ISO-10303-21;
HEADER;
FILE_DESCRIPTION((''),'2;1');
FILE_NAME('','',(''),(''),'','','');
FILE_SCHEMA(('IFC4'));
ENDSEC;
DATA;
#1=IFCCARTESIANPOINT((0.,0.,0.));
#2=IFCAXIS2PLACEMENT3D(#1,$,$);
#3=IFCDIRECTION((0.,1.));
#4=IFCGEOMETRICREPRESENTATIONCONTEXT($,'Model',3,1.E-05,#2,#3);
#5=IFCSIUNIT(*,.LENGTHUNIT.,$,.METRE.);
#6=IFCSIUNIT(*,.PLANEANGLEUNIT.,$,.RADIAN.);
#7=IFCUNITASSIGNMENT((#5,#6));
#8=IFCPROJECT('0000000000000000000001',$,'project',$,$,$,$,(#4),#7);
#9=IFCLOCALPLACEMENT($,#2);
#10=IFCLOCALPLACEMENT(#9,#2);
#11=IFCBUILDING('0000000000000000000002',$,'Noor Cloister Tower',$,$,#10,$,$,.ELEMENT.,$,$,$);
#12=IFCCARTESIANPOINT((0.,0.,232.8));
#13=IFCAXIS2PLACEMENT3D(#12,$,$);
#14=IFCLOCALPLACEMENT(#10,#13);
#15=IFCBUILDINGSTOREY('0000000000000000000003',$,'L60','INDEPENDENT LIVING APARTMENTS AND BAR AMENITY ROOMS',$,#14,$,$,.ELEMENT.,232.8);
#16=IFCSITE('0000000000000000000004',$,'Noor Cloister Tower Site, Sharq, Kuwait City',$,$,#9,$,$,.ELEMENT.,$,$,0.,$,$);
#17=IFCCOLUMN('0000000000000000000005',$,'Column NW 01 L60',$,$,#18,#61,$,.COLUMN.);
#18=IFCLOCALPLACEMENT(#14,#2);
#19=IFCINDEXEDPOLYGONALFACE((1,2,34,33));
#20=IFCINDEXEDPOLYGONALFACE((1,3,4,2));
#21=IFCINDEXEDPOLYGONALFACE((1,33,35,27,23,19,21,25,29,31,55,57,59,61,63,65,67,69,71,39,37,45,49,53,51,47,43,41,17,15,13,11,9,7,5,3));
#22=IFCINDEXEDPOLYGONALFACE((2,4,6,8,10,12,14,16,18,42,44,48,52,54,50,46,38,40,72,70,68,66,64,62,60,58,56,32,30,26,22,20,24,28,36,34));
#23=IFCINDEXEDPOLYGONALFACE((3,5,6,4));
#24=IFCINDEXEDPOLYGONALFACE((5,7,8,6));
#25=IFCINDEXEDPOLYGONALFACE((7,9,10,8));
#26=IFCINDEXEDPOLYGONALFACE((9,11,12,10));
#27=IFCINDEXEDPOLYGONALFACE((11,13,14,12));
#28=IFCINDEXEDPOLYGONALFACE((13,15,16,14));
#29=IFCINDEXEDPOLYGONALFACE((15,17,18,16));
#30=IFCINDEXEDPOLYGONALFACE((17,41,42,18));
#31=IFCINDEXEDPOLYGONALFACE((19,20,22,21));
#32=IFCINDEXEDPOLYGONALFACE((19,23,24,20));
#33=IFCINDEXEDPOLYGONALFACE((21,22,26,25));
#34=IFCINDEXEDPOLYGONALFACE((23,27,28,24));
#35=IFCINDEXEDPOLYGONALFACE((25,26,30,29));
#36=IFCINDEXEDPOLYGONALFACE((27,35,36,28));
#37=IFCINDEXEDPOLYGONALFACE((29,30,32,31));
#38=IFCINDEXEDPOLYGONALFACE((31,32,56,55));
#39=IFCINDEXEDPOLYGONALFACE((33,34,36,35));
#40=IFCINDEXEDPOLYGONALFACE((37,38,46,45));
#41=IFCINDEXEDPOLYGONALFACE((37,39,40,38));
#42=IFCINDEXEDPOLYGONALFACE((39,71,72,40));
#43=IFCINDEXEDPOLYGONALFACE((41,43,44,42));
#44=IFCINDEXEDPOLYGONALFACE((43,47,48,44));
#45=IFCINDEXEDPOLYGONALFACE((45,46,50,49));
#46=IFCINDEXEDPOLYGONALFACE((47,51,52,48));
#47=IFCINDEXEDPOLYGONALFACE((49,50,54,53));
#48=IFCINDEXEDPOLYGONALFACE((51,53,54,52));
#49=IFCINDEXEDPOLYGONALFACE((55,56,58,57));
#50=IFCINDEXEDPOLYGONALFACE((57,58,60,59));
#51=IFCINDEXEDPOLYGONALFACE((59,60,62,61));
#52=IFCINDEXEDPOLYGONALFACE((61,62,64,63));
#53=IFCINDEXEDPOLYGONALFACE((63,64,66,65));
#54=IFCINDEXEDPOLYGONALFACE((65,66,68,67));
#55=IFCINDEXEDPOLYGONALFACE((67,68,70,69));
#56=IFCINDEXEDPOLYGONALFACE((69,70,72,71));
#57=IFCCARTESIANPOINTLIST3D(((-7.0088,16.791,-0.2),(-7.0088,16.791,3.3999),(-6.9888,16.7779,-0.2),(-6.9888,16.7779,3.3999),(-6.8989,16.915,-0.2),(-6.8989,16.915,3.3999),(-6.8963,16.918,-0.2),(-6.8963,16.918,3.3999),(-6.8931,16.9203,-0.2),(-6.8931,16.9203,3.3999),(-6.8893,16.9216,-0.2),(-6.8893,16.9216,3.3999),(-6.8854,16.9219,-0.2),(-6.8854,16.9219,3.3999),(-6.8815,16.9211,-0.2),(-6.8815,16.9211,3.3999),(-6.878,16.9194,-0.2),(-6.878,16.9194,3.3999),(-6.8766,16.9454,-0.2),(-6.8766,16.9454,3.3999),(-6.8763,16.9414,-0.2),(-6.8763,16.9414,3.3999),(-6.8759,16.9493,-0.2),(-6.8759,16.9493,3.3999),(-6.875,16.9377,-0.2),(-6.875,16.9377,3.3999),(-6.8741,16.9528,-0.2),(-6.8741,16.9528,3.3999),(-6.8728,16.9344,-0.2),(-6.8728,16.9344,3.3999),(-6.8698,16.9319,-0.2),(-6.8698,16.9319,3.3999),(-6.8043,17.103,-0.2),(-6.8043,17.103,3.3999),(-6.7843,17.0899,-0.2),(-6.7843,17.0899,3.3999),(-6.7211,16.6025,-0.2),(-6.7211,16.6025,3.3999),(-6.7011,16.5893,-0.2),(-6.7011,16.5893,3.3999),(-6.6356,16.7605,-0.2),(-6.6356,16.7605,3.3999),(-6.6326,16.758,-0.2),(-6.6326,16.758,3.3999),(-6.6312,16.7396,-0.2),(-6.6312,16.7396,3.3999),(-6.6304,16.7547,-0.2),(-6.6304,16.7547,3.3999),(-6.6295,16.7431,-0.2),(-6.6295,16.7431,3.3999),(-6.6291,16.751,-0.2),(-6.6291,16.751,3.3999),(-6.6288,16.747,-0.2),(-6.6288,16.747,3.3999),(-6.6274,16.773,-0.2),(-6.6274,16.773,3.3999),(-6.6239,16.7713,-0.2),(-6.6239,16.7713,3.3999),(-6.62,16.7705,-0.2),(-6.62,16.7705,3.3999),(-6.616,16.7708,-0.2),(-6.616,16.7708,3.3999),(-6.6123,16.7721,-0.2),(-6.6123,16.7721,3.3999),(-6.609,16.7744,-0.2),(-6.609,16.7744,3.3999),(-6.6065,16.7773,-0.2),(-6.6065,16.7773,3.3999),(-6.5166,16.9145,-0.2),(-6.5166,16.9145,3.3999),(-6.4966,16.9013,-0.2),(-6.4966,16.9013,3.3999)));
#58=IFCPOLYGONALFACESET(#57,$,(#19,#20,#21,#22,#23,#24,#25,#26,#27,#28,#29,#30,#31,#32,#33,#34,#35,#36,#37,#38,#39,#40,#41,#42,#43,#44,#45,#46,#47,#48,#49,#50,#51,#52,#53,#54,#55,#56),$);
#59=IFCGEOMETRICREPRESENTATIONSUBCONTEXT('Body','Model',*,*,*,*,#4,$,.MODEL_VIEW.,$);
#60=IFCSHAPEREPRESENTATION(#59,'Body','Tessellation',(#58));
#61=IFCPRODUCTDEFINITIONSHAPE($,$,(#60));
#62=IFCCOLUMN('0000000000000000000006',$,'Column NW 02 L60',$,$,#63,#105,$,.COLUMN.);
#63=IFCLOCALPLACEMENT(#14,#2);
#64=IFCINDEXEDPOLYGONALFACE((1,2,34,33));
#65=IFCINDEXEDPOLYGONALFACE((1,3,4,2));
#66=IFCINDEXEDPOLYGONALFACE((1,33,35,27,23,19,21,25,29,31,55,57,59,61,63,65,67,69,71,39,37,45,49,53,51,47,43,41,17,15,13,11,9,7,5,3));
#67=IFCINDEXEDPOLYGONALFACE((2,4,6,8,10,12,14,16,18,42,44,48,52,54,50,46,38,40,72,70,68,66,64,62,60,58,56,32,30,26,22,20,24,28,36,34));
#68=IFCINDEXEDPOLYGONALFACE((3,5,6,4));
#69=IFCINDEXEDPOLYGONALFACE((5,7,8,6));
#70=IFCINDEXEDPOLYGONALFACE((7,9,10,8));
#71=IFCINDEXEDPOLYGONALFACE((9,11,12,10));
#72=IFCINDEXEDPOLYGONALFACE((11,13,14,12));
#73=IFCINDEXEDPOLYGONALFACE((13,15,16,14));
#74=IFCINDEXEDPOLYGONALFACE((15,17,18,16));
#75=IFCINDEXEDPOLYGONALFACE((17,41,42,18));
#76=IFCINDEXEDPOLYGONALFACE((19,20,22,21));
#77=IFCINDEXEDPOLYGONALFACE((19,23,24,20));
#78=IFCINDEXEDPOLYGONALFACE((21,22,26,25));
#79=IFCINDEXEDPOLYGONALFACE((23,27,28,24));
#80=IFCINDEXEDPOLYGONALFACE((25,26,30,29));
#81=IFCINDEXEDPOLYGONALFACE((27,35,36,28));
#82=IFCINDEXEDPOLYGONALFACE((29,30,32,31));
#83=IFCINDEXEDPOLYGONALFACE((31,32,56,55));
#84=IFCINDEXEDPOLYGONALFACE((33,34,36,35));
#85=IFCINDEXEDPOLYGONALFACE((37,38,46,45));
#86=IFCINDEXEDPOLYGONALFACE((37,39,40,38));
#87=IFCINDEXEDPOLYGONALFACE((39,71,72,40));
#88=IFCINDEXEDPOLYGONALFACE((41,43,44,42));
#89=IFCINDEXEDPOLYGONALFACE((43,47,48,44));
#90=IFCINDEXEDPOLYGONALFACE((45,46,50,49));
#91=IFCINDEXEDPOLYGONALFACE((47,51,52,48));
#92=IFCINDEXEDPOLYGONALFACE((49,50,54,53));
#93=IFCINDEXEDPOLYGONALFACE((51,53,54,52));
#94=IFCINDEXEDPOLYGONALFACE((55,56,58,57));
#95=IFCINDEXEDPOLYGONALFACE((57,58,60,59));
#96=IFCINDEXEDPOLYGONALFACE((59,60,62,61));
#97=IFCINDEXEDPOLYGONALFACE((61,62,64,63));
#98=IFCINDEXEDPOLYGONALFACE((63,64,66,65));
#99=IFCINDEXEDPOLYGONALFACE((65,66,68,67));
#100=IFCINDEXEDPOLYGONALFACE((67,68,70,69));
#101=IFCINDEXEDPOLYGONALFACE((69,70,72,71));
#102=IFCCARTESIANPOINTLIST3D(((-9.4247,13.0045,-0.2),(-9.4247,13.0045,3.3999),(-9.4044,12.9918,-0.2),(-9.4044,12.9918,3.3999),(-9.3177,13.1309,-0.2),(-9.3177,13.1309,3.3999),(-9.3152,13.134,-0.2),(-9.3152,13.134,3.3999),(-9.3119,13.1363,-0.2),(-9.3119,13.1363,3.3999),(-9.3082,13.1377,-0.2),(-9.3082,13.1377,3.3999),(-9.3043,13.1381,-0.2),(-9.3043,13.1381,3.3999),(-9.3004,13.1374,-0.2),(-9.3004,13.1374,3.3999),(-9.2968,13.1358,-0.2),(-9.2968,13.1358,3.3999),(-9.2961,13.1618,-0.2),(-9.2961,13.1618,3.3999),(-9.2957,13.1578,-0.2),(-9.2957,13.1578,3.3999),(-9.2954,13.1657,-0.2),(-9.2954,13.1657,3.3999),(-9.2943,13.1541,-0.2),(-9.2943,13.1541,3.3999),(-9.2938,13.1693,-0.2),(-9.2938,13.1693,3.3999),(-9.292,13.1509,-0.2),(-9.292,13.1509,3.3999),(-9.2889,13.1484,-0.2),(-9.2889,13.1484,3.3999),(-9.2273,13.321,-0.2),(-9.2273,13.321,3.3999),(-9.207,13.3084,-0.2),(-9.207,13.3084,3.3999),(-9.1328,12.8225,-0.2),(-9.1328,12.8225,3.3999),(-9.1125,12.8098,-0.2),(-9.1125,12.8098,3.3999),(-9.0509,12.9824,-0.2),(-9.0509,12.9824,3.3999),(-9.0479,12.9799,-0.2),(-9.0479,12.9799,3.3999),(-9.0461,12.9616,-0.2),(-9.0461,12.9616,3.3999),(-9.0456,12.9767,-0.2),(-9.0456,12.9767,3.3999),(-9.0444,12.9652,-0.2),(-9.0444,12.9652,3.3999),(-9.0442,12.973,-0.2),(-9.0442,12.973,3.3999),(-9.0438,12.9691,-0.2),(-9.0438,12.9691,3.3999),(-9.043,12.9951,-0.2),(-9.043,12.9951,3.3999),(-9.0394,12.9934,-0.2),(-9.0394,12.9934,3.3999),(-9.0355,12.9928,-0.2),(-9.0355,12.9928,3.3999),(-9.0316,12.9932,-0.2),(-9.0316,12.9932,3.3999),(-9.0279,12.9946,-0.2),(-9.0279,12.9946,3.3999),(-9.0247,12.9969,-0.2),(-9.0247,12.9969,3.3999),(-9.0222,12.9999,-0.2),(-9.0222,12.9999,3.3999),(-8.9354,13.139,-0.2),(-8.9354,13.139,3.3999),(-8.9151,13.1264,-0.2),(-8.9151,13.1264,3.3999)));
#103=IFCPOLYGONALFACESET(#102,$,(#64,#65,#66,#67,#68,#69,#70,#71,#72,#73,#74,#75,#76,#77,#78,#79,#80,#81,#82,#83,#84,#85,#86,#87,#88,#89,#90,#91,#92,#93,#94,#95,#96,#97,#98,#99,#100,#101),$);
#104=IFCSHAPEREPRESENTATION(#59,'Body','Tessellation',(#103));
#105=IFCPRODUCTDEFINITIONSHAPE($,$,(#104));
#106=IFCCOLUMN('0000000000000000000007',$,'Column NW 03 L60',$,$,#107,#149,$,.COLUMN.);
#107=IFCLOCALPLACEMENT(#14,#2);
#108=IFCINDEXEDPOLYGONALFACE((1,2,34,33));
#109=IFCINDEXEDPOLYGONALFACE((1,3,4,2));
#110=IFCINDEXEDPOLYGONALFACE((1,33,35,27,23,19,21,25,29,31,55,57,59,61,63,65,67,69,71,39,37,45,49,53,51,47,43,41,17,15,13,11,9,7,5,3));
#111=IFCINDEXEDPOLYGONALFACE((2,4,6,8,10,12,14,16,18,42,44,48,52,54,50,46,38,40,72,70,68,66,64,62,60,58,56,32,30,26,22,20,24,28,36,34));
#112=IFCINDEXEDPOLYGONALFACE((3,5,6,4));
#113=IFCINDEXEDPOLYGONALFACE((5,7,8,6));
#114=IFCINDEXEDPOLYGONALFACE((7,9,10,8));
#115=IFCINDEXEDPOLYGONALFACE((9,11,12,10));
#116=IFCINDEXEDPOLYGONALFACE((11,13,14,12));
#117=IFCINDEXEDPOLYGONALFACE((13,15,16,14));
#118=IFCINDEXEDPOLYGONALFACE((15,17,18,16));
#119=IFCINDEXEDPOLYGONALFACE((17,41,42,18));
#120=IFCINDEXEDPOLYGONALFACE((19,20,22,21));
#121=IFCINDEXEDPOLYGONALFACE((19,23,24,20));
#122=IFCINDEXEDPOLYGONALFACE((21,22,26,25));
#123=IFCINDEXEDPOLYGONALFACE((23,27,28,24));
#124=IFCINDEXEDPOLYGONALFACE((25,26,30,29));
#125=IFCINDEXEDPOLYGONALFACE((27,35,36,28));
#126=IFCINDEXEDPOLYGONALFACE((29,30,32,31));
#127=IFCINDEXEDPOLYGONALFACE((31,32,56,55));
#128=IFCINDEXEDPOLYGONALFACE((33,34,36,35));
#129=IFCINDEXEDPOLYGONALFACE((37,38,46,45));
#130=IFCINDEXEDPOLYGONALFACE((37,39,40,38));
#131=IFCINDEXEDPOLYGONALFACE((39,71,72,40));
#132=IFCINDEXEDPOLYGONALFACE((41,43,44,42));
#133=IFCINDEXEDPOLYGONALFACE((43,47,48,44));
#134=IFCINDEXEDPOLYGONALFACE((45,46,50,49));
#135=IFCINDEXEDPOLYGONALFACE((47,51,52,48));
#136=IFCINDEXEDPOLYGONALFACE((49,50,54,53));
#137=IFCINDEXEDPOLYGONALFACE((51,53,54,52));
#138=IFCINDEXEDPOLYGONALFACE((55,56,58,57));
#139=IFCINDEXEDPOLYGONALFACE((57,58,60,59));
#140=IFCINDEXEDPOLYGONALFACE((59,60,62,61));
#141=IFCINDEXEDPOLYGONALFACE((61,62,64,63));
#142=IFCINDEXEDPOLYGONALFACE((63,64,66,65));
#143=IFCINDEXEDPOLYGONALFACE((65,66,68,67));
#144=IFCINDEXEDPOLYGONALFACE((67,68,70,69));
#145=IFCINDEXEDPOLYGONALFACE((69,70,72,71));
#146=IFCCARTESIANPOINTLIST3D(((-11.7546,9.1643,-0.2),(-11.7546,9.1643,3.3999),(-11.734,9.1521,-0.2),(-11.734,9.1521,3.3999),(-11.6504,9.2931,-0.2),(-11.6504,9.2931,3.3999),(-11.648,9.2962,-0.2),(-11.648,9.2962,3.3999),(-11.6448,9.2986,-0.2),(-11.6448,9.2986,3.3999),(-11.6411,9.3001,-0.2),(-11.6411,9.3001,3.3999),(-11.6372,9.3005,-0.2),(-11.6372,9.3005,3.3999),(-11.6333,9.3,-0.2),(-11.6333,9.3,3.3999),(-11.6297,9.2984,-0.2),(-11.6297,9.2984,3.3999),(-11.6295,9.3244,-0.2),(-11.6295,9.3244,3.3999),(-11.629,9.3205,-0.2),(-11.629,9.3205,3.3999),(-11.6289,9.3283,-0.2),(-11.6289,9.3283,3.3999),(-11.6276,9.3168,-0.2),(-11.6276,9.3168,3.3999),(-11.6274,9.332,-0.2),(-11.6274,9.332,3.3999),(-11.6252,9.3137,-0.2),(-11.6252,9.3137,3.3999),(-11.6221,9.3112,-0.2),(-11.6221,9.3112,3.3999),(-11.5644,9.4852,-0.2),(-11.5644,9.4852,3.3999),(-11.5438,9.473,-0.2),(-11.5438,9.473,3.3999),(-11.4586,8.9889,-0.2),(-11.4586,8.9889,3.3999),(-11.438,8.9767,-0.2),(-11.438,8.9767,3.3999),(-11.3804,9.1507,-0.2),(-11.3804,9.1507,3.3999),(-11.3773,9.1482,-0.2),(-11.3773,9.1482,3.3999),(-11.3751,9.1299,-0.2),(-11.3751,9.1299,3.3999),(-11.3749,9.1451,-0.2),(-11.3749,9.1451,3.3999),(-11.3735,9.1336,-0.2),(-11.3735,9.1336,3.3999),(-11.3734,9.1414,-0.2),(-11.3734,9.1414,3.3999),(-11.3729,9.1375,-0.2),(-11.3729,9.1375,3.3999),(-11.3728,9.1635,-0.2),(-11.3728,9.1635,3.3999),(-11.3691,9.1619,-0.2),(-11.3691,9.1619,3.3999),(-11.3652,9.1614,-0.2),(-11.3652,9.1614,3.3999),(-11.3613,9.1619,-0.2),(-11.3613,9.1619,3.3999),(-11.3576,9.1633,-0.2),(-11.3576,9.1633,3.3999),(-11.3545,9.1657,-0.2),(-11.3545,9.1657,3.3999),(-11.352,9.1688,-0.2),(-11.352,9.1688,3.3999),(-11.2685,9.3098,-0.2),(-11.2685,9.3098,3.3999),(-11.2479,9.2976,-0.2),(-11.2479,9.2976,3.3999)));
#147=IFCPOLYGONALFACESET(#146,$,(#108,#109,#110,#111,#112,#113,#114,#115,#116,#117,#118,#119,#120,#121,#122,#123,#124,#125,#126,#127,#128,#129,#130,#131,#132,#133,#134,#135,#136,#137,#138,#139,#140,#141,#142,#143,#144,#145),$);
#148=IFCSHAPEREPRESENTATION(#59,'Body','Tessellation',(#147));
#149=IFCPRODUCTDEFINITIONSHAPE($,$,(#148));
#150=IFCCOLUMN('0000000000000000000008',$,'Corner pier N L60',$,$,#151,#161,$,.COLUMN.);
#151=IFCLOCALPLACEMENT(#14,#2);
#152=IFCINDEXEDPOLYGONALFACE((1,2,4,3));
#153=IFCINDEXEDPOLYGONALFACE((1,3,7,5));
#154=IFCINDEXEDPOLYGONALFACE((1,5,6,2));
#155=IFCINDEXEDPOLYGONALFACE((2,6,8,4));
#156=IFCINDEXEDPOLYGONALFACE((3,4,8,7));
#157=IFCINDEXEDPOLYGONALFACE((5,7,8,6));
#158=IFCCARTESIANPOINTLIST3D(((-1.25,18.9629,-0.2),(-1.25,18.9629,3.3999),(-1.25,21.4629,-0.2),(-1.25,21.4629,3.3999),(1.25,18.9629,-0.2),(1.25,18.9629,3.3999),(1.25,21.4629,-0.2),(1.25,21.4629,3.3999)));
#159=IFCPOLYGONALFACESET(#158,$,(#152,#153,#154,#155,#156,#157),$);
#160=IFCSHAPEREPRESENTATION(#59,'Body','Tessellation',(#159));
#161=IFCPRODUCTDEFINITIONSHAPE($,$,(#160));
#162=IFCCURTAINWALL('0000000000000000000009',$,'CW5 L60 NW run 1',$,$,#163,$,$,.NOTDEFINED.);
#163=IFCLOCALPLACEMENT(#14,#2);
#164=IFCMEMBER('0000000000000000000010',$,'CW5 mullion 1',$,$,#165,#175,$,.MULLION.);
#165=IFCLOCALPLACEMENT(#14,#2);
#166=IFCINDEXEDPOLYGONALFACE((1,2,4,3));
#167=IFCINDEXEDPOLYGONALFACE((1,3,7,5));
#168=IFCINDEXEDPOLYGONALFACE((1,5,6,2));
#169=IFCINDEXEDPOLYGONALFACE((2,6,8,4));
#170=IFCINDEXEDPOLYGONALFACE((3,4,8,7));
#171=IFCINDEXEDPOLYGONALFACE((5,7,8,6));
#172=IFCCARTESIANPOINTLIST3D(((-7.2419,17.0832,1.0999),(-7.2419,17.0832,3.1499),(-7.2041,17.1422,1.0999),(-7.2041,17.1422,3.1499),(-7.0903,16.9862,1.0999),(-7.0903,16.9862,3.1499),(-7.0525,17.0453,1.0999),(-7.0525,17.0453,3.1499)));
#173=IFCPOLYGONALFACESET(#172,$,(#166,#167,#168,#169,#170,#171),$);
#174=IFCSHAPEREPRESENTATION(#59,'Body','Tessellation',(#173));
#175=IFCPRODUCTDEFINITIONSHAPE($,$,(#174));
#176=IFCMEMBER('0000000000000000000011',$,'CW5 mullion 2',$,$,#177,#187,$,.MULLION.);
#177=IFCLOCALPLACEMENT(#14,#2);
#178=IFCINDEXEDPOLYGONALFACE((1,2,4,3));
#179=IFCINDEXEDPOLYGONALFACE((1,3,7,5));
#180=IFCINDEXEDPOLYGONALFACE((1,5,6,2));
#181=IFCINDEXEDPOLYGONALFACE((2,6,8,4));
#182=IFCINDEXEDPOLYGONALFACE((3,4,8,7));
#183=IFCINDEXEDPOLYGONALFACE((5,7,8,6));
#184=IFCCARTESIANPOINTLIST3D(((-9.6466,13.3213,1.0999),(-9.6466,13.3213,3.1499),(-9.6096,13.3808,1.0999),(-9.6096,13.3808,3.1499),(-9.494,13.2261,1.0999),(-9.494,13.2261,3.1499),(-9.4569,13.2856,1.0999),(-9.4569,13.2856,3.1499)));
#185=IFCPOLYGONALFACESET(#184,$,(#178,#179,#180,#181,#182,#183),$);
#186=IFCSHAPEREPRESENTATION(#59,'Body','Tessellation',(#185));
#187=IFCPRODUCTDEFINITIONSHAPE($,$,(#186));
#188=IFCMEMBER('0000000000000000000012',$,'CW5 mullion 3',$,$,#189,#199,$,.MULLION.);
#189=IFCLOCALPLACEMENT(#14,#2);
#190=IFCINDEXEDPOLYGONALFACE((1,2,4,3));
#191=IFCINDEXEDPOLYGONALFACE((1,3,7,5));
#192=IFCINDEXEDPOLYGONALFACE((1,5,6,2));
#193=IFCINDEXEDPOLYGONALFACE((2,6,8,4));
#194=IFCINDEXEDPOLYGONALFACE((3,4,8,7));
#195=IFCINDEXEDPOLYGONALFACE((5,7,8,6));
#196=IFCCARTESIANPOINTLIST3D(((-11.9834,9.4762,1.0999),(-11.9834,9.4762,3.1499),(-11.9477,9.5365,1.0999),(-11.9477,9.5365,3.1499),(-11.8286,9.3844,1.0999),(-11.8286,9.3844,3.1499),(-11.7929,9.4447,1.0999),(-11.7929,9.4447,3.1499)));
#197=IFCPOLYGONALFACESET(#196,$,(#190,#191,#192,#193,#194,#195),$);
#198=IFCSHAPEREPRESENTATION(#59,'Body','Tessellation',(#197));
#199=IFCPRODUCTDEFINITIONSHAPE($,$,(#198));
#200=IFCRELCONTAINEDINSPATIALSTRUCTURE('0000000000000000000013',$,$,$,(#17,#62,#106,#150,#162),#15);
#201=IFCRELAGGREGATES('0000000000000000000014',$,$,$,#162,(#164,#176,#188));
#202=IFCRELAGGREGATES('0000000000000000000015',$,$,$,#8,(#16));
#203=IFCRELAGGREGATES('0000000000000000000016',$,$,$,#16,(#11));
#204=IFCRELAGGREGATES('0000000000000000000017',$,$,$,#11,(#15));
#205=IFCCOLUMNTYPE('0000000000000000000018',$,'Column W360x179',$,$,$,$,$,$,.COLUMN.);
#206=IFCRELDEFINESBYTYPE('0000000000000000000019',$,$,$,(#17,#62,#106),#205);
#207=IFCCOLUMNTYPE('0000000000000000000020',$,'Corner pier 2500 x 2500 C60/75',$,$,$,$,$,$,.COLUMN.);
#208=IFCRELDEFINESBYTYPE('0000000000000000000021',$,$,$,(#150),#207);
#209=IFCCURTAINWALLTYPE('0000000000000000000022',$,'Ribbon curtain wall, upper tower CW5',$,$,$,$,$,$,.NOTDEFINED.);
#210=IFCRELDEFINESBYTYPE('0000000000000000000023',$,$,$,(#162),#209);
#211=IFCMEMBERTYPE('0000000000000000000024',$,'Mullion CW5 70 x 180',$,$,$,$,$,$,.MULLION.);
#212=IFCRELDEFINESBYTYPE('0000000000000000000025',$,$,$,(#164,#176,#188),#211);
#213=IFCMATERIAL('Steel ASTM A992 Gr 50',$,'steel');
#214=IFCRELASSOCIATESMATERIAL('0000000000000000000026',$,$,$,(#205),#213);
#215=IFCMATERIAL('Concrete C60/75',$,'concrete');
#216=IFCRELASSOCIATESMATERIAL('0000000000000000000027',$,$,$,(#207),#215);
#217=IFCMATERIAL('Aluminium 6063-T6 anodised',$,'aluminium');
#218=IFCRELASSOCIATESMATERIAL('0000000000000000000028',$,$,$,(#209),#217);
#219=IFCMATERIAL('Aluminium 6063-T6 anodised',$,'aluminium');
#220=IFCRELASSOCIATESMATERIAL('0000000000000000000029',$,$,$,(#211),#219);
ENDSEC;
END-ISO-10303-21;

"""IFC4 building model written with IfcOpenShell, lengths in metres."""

from ifc_helpers import new_model, si_unit, direction, frame, origin, origin_2d, place, context, subcontext, project, spatial, rectangle, i_section, extrude, material, material_profile, profile_set, type_object, element, aggregate, save


model = new_model("IFC4")

# Units and contexts
model_context = context("Model", 3, precision=1e-05, world=origin(), true_north=direction((0.0, 1.0)))
body_context = subcontext(model_context, "Body", "Model", "MODEL_VIEW")
ifc_project = project(units=[si_unit("LENGTHUNIT", "METRE"), si_unit("PLANEANGLEUNIT", "RADIAN")], contexts=[model_context])

# Site, building, storey
site_placement = place(None, origin())
site = spatial("IfcSite", under=ifc_project, at=site_placement, Name="Noor Cloister Tower Site, Sharq, Kuwait City", CompositionType="ELEMENT", RefElevation=0.0)
building_placement = place(site_placement, origin())
building = spatial("IfcBuilding", under=site, at=building_placement, Name="Noor Cloister Tower", CompositionType="ELEMENT")
storey_placement = place(building_placement, frame((0.0, 0.0, 232.8)))
storey = spatial("IfcBuildingStorey", under=building, at=storey_placement, Name="L60", Description="INDEPENDENT LIVING APARTMENTS AND BAR AMENITY ROOMS", CompositionType="ELEMENT", Elevation=232.8)

# Columns
ifc_material_1 = material(Name="Steel ASTM A992 Gr 50", Category="steel")
ifc_material_profile_1 = material_profile(ifc_material_1, i_section(OverallWidth=0.373, OverallDepth=0.3679, WebThickness=0.0149, FlangeThickness=0.0239, FilletRadius=0.0151, at=origin_2d()), Name="W360x179")
ifc_profile_set_1 = profile_set([ifc_material_profile_1], Name="Steel ASTM A992 Gr 50")
column_type_1 = type_object("IfcColumnType", Name="Column W360x179", PredefinedType="COLUMN", material=ifc_profile_set_1)
for number, where, z_axis, x_axis, name in (
    (1, (-6.7527, 16.8462, -0.2), (0.0, 0.0, 1.0), (-0.548212, -0.836339, 0.0), "Column NW 01 L60"),
    (2, (-9.1699, 13.0654, -0.2), (0.0, 0.0, 1.0), (-0.52913, -0.848541, 0.0), "Column NW 02 L60"),
    (3, (-11.5012, 9.231, -0.2), (0.0, 0.0, 1.0), (-0.509776, -0.860307, 0.0), "Column NW 03 L60"),
):
    element("IfcColumn", number, at=place(storey_placement, frame(where, z_axis=z_axis, x_axis=x_axis)), inside=storey, type_object=column_type_1, Name=name, PredefinedType="COLUMN", context=body_context, shape_type="SweptSolid", body=[
        extrude(i_section(OverallWidth=0.373, OverallDepth=0.3679, WebThickness=0.0149, FlangeThickness=0.0239, FilletRadius=0.0151, at=origin_2d()), origin(), (0.0, 0.0, 1.0), 3.5999),
    ])
ifc_material_2 = material(Name="Concrete C60/75", Category="concrete")
ifc_material_profile_2 = material_profile(ifc_material_2, rectangle(XDim=2.5, YDim=2.5, at=origin_2d()), Name="RC 2500x2500")
ifc_profile_set_2 = profile_set([ifc_material_profile_2], Name="Concrete C60/75")
column_type_2 = type_object("IfcColumnType", Name="Corner pier 2500 x 2500 C60/75", PredefinedType="COLUMN", material=ifc_profile_set_2)
column_placement = place(storey_placement, frame((0.0, 20.2129, -0.2), z_axis=(0.0, 0.0, 1.0), x_axis=(0.0, 1.0, 0.0)))
element("IfcColumn", 4, at=column_placement, inside=storey, type_object=column_type_2, Name="Corner pier N L60", PredefinedType="COLUMN", context=body_context, shape_type="SweptSolid", body=[
    extrude(rectangle(XDim=2.5, YDim=2.5, at=origin_2d()), origin(), (0.0, 0.0, 1.0), 3.5999),
])

# Curtain wall, members
ifc_material_3 = material(Name="Aluminium 6063-T6 anodised", Category="aluminium")
curtain_wall_type = type_object("IfcCurtainWallType", Name="Ribbon curtain wall, upper tower CW5", PredefinedType="NOTDEFINED", material=ifc_material_3)
curtain_wall_placement = place(storey_placement, origin())
curtain_wall = element("IfcCurtainWall", 5, at=curtain_wall_placement, inside=storey, type_object=curtain_wall_type, Name="CW5 L60 NW run 1", PredefinedType="NOTDEFINED")
ifc_material_4 = material(Name="Aluminium 6063-T6 anodised", Category="aluminium")
ifc_material_profile_3 = material_profile(ifc_material_4, rectangle(XDim=0.1799, YDim=0.0701, at=origin_2d()), Name="180 x 70 mullion")
ifc_profile_set_3 = profile_set([ifc_material_profile_3], Name="Aluminium 6063-T6 anodised")
member_type = type_object("IfcMemberType", Name="Mullion CW5 70 x 180", PredefinedType="MULLION", material=ifc_profile_set_3)
member_1_placement = place(storey_placement, frame((-7.1472, 17.0642, 1.0999), z_axis=(0.0, 0.0, 1.0), x_axis=(0.842494, -0.538705, 0.0)))
member_1 = element("IfcMember", 6, at=member_1_placement, type_object=member_type, Name="CW5 mullion 1", PredefinedType="MULLION", context=body_context, shape_type="SweptSolid", body=[
    extrude(rectangle(XDim=0.1799, YDim=0.0701, at=origin_2d()), origin(), (0.0, 0.0, 1.0), 2.05),
])
member_2_placement = place(storey_placement, frame((-9.5518, 13.3035, 1.0999), z_axis=(0.0, 0.0, 1.0), x_axis=(0.848541, -0.52913, 0.0)))
member_2 = element("IfcMember", 7, at=member_2_placement, type_object=member_type, Name="CW5 mullion 2", PredefinedType="MULLION", context=body_context, shape_type="SweptSolid", body=[
    extrude(rectangle(XDim=0.1799, YDim=0.0701, at=origin_2d()), origin(), (0.0, 0.0, 1.0), 2.05),
])
member_3_placement = place(storey_placement, frame((-11.8882, 9.4604, 1.0999), z_axis=(0.0, 0.0, 1.0), x_axis=(0.860307, -0.509776, 0.0)))
member_3 = element("IfcMember", 8, at=member_3_placement, type_object=member_type, Name="CW5 mullion 3", PredefinedType="MULLION", context=body_context, shape_type="SweptSolid", body=[
    extrude(rectangle(XDim=0.1799, YDim=0.0701, at=origin_2d()), origin(), (0.0, 0.0, 1.0), 2.05),
])

aggregate(curtain_wall, [member_1, member_2, member_3])

save(model, "model.ifc")
